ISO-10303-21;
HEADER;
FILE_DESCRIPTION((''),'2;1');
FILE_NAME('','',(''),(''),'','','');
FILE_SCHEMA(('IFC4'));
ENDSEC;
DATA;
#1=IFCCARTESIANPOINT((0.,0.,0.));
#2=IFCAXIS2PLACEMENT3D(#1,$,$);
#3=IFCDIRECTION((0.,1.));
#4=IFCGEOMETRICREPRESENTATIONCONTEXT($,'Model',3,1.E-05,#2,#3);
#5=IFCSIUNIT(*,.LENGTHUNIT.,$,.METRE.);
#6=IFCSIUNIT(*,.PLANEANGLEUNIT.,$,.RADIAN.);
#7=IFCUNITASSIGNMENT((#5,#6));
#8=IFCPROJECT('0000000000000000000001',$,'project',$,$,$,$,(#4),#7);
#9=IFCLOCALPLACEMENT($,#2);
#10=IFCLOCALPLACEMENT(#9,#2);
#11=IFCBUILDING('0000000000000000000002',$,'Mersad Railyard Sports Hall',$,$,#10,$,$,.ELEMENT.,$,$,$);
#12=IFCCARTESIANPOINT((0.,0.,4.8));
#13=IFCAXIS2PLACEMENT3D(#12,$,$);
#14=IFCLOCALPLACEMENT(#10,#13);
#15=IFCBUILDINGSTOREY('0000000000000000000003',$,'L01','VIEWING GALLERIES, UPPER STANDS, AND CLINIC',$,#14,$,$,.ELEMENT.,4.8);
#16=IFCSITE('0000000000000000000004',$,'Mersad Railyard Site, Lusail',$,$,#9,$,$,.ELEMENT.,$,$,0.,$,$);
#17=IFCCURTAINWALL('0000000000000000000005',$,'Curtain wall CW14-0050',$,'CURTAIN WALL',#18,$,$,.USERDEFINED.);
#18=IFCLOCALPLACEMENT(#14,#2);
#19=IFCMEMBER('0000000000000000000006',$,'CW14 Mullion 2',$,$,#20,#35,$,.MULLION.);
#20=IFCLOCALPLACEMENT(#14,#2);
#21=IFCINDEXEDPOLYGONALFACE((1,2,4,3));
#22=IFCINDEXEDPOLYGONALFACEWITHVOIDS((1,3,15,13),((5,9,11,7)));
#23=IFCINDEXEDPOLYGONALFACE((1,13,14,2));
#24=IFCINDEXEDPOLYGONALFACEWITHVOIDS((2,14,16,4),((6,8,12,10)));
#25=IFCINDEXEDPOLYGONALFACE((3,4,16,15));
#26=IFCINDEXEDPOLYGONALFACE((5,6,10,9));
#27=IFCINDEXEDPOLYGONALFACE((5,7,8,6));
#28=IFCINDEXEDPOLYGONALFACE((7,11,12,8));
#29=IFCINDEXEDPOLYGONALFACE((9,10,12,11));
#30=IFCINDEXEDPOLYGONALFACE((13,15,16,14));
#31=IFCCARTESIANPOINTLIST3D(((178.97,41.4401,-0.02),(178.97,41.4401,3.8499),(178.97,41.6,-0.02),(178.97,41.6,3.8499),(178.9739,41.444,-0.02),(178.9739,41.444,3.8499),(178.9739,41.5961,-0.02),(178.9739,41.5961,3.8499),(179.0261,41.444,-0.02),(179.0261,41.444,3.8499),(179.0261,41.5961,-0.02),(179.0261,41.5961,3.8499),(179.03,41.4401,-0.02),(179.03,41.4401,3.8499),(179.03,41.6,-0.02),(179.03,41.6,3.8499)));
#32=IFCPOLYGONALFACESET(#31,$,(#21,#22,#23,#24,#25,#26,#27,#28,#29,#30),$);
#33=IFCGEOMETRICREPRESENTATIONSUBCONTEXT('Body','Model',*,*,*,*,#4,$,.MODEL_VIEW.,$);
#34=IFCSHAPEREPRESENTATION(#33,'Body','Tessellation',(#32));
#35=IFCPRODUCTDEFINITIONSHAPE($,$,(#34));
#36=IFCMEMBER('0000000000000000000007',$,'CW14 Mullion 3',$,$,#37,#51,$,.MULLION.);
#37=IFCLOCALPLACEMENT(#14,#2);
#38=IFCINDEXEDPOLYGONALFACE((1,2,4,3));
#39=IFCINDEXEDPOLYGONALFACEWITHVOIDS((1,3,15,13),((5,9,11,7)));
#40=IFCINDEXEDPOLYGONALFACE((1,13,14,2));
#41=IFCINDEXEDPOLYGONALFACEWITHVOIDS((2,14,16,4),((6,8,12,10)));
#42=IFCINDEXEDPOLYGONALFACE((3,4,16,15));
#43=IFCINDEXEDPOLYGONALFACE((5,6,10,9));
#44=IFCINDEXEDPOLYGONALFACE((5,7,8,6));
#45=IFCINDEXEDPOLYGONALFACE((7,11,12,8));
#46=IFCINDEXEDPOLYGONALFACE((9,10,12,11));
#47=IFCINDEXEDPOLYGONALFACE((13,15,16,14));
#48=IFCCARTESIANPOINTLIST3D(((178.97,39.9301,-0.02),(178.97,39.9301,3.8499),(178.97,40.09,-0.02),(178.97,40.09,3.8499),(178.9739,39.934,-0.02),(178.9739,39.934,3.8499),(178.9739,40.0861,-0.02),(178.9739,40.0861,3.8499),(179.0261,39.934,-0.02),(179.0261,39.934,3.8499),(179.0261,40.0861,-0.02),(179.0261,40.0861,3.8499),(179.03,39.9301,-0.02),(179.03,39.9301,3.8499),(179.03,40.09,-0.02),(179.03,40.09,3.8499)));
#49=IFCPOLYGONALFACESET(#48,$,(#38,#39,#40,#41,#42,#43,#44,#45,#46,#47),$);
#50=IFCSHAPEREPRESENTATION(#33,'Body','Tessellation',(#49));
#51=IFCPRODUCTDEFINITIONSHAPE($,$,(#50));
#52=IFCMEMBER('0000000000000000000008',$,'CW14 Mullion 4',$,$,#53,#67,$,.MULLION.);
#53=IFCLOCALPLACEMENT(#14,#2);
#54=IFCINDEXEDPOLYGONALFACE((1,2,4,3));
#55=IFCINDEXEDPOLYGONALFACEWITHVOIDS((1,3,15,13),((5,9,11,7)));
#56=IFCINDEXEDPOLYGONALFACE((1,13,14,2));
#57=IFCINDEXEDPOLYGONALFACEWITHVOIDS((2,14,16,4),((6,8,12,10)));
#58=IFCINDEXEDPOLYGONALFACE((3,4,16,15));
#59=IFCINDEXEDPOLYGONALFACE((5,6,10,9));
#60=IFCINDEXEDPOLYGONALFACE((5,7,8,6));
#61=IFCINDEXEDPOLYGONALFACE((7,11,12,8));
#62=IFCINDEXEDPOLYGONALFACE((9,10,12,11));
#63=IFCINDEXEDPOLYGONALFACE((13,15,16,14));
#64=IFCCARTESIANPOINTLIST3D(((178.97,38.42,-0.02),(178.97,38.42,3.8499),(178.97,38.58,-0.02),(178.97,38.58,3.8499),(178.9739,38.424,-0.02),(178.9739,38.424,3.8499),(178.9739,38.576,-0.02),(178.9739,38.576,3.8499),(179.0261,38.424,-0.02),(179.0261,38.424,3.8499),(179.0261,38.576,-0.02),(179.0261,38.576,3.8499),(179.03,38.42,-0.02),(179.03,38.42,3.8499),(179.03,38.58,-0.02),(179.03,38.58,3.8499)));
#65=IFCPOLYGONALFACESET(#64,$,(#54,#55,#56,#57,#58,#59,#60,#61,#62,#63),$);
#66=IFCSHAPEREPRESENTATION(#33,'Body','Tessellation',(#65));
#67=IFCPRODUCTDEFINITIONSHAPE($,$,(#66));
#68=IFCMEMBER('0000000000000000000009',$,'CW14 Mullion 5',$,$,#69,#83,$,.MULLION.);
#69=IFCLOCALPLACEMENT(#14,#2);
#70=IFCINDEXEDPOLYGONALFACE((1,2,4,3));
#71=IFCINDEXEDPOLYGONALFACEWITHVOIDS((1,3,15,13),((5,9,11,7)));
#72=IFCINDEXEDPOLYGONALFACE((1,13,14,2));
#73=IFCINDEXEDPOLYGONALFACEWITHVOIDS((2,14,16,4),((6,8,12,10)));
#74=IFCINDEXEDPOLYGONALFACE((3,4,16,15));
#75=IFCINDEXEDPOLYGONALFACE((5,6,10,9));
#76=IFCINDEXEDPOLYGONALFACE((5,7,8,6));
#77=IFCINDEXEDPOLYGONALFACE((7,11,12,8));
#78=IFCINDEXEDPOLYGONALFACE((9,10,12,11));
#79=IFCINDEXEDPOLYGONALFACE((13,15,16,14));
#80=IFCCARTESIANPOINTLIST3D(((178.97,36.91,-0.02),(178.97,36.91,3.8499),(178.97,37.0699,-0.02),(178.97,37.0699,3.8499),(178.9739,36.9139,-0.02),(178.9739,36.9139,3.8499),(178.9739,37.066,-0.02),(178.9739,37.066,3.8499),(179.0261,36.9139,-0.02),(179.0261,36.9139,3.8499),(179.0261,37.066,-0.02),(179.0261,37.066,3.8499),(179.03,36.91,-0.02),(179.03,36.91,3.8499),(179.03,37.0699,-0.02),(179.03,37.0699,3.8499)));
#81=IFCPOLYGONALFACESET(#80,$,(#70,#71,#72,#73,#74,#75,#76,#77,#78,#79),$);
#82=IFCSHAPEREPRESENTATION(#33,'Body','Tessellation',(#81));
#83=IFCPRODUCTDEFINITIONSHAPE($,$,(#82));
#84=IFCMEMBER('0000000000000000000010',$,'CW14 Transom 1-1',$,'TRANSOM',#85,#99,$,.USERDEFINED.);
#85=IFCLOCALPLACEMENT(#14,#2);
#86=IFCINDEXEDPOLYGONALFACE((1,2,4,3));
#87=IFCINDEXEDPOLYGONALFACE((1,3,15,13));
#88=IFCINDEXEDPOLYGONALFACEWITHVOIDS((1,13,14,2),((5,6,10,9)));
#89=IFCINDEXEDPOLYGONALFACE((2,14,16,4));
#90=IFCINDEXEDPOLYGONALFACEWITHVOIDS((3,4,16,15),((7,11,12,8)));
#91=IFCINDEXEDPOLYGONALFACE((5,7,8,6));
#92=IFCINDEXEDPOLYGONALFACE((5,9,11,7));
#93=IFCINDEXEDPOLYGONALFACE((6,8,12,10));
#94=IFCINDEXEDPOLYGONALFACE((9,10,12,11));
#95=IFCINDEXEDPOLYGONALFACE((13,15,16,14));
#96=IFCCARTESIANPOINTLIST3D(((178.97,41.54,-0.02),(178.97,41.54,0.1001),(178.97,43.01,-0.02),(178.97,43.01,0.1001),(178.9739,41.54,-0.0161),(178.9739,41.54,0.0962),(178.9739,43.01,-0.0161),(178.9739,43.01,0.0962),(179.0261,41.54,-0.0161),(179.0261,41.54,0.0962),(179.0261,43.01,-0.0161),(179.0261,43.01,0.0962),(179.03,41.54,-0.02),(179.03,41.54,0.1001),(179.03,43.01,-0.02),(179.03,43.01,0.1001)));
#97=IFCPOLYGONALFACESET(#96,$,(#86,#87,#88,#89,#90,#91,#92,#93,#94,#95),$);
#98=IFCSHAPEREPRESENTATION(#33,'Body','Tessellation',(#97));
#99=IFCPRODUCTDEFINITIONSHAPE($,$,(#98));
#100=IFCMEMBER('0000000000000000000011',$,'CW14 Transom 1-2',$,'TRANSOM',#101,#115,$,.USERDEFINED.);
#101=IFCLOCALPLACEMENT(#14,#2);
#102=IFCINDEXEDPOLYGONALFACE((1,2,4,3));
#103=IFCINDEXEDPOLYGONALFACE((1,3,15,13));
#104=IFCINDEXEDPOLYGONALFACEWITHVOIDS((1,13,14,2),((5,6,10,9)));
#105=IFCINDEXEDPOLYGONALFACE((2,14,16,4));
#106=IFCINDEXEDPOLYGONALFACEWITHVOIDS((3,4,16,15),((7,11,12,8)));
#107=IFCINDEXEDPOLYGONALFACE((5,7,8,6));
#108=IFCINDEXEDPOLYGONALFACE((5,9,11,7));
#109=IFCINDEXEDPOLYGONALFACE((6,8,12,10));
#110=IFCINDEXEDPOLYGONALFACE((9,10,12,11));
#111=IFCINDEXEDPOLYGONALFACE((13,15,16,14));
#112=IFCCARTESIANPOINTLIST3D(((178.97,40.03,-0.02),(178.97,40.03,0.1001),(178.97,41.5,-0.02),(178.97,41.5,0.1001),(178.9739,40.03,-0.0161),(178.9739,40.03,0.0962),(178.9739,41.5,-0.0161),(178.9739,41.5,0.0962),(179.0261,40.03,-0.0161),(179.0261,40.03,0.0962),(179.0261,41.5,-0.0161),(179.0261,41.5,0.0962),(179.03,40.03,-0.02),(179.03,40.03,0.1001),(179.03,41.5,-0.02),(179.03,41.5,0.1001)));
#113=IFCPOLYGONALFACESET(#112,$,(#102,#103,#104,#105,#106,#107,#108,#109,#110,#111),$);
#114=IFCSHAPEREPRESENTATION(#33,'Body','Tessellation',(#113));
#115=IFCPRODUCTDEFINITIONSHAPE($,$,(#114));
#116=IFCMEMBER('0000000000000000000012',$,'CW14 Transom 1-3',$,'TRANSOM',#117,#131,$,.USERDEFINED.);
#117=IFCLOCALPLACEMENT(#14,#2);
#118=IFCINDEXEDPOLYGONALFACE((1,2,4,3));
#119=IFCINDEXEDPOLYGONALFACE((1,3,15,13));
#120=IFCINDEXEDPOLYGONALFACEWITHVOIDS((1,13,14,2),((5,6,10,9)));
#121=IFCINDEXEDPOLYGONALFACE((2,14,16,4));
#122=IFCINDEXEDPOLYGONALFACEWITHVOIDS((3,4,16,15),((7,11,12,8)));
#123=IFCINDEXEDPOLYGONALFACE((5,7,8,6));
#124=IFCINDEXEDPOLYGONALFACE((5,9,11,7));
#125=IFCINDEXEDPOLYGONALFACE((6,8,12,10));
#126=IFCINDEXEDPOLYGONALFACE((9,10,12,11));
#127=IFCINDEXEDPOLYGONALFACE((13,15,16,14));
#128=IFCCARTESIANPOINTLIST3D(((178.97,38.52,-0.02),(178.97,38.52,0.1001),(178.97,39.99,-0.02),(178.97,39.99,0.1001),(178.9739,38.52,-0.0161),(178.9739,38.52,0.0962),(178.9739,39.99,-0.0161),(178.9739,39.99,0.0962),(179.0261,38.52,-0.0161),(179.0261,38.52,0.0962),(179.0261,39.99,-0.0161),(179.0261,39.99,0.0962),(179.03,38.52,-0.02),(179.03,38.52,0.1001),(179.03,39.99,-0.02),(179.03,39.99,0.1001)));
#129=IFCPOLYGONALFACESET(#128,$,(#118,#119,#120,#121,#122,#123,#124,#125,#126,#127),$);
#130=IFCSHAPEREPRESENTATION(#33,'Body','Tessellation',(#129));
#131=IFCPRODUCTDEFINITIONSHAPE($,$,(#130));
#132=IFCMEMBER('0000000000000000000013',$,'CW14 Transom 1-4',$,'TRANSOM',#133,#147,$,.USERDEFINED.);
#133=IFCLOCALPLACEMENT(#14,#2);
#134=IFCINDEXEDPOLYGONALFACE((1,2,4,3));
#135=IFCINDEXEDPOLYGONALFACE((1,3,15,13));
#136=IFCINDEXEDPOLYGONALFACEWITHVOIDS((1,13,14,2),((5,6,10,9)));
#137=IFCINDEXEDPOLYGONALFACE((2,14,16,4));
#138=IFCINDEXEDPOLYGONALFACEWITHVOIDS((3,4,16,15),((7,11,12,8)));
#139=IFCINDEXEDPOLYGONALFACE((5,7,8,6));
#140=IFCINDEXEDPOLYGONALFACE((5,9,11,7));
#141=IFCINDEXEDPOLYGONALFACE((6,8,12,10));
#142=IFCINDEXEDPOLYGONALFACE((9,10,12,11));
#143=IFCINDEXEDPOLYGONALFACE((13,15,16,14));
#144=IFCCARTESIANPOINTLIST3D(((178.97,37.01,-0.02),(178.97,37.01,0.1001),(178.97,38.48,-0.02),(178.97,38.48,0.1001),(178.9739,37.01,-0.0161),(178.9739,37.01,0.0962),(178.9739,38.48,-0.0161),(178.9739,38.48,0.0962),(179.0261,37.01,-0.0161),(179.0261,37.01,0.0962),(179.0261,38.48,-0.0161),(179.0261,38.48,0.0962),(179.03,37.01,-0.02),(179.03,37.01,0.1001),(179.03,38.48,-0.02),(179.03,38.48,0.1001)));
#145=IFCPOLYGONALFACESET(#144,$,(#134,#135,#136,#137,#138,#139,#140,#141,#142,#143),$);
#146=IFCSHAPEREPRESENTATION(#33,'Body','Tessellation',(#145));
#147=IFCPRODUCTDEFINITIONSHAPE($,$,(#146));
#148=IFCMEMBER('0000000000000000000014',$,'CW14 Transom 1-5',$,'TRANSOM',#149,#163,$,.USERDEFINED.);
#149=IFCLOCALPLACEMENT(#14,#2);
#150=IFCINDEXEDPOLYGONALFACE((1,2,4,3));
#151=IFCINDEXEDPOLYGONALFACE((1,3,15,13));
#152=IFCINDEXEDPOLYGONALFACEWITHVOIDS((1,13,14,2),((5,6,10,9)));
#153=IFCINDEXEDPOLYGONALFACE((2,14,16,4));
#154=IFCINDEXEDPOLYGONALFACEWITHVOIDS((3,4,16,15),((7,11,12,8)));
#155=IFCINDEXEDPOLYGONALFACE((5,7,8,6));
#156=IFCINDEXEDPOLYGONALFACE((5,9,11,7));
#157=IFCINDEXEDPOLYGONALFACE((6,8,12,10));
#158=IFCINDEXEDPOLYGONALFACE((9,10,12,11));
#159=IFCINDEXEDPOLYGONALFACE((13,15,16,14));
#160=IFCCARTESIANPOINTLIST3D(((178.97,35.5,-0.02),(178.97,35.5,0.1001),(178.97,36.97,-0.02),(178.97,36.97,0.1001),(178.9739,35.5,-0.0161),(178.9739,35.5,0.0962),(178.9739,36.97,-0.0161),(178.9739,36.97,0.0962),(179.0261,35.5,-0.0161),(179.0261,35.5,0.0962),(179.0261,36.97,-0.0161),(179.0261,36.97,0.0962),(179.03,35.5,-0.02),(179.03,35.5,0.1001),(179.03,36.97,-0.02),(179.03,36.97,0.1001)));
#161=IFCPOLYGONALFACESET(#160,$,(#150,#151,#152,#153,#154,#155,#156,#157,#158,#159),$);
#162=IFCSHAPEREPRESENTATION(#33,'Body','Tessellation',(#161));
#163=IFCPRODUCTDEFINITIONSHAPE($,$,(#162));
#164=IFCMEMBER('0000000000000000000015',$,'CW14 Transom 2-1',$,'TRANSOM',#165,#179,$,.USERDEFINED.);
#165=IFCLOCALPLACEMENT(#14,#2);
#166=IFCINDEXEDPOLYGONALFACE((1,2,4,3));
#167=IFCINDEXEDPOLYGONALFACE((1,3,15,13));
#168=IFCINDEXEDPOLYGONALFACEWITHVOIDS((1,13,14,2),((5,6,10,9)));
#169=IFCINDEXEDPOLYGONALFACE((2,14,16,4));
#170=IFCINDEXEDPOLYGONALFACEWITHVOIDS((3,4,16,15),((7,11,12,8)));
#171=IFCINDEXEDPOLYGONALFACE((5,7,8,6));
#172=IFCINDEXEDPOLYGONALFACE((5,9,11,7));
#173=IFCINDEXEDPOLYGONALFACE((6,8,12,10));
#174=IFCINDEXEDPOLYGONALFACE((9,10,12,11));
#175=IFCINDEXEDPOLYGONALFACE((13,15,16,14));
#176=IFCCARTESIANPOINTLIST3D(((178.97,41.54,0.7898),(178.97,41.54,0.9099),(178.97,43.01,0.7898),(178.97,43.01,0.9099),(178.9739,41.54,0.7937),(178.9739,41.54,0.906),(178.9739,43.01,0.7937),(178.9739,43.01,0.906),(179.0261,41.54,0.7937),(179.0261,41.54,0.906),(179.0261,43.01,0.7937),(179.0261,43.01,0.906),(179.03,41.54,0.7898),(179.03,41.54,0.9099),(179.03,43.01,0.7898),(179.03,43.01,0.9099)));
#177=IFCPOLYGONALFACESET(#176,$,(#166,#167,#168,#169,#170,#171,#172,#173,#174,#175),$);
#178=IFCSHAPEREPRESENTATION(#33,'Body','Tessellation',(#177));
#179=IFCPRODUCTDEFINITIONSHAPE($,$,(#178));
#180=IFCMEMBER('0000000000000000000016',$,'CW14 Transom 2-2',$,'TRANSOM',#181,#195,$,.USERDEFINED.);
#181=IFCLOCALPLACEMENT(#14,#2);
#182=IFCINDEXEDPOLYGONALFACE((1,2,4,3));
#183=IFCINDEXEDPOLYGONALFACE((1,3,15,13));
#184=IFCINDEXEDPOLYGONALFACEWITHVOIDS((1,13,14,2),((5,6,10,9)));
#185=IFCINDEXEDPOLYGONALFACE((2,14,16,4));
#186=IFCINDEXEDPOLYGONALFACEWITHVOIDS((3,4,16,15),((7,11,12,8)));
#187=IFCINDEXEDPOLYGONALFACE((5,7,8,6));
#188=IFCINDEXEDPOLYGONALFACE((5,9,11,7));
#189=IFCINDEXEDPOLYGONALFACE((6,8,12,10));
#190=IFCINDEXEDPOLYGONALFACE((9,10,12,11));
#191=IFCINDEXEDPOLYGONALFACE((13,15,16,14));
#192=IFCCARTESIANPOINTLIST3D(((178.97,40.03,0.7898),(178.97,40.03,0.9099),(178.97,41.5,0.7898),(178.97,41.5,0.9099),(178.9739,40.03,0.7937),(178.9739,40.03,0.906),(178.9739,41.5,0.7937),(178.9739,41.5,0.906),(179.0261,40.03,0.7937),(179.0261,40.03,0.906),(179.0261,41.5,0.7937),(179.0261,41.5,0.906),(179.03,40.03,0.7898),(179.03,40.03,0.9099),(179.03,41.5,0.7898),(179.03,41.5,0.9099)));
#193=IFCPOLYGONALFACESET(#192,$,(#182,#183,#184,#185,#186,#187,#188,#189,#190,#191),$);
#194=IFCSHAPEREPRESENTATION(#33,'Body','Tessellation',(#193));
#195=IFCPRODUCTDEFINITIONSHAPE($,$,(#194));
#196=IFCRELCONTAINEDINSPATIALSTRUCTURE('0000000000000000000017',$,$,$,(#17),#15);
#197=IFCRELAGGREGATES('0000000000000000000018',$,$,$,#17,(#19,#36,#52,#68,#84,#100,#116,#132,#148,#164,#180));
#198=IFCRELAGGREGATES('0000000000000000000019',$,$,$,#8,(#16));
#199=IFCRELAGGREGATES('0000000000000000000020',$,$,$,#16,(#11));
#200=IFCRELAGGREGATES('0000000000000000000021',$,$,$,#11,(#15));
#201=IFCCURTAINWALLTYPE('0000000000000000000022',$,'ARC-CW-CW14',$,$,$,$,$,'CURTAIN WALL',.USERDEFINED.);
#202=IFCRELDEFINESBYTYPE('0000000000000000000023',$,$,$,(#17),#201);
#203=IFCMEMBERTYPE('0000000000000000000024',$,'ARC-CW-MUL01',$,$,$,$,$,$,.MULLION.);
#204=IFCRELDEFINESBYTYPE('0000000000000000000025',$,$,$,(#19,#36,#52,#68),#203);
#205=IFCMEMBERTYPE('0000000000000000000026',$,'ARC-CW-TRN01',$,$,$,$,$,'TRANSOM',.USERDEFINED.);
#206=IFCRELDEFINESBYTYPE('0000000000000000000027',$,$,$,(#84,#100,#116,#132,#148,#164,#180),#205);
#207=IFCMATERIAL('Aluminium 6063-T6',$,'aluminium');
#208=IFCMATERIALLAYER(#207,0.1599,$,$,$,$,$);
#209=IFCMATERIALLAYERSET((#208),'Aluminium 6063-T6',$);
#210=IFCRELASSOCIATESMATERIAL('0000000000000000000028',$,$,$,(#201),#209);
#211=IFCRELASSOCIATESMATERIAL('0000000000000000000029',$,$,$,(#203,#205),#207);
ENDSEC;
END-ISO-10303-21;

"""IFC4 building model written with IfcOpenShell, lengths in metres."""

from ifc_helpers import new_model, si_unit, direction, frame, origin, origin_2d, place, context, subcontext, project, spatial, hollow_rectangle, extrude, material, layer, layer_set, material_profile, profile_set, type_object, element, aggregate, save


model = new_model("IFC4")

# Units and contexts
model_context = context("Model", 3, precision=1e-05, world=origin(), true_north=direction((0.0, 1.0)))
body_context = subcontext(model_context, "Body", "Model", "MODEL_VIEW")
ifc_project = project(units=[si_unit("LENGTHUNIT", "METRE"), si_unit("PLANEANGLEUNIT", "RADIAN")], contexts=[model_context])

# Site, building, storey
site_placement = place(None, origin())
site = spatial("IfcSite", under=ifc_project, at=site_placement, Name="Mersad Railyard Site, Lusail", CompositionType="ELEMENT", RefElevation=0.0)
building_placement = place(site_placement, origin())
building = spatial("IfcBuilding", under=site, at=building_placement, Name="Mersad Railyard Sports Hall", CompositionType="ELEMENT")
storey_placement = place(building_placement, frame((0.0, 0.0, 4.8)))
storey = spatial("IfcBuildingStorey", under=building, at=storey_placement, Name="L01", Description="VIEWING GALLERIES, UPPER STANDS, AND CLINIC", CompositionType="ELEMENT", Elevation=4.8)

# Curtain wall, members
ifc_material_1 = material(Name="Aluminium 6063-T6", Category="aluminium")
ifc_layer_1 = layer(ifc_material_1, 0.1599)
ifc_layer_set_1 = layer_set([ifc_layer_1], Name="Aluminium 6063-T6")
curtain_wall_type = type_object("IfcCurtainWallType", Name="ARC-CW-CW14", ElementType="CURTAIN WALL", PredefinedType="USERDEFINED", material=ifc_layer_set_1)
curtain_wall_placement = place(storey_placement, origin())
curtain_wall = element("IfcCurtainWall", 1, at=curtain_wall_placement, inside=storey, type_object=curtain_wall_type, Name="Curtain wall CW14-0050", ObjectType="CURTAIN WALL", PredefinedType="USERDEFINED")
ifc_material_profile_1 = material_profile(ifc_material_1, hollow_rectangle(XDim=0.0601, YDim=0.1599, WallThickness=0.0039, at=origin_2d()), Name="AL MULLION 60x160x4")
ifc_profile_set_1 = profile_set([ifc_material_profile_1], Name="Aluminium 6063-T6")
member_type_1 = type_object("IfcMemberType", Name="ARC-CW-MUL01", PredefinedType="MULLION", material=ifc_profile_set_1)
member_1_placement = place(storey_placement, frame((179.0, 41.52, -0.02), z_axis=(0.0, 0.0, 1.0), x_axis=(1.0, 0.0, 0.0)))
member_1 = element("IfcMember", 2, at=member_1_placement, type_object=member_type_1, Name="CW14 Mullion 2", PredefinedType="MULLION", context=body_context, shape_type="SweptSolid", body=[
    extrude(hollow_rectangle(XDim=0.0601, YDim=0.1599, WallThickness=0.0039, at=origin_2d()), origin(), (0.0, 0.0, 1.0), 3.8699),
])
member_2_placement = place(storey_placement, frame((179.0, 40.01, -0.02), z_axis=(0.0, 0.0, 1.0), x_axis=(1.0, 0.0, 0.0)))
member_2 = element("IfcMember", 3, at=member_2_placement, type_object=member_type_1, Name="CW14 Mullion 3", PredefinedType="MULLION", context=body_context, shape_type="SweptSolid", body=[
    extrude(hollow_rectangle(XDim=0.0601, YDim=0.1599, WallThickness=0.0039, at=origin_2d()), origin(), (0.0, 0.0, 1.0), 3.8699),
])
member_3_placement = place(storey_placement, frame((179.0, 38.5, -0.02), z_axis=(0.0, 0.0, 1.0), x_axis=(1.0, 0.0, 0.0)))
member_3 = element("IfcMember", 4, at=member_3_placement, type_object=member_type_1, Name="CW14 Mullion 4", PredefinedType="MULLION", context=body_context, shape_type="SweptSolid", body=[
    extrude(hollow_rectangle(XDim=0.0601, YDim=0.1599, WallThickness=0.0039, at=origin_2d()), origin(), (0.0, 0.0, 1.0), 3.8699),
])
member_4_placement = place(storey_placement, frame((179.0, 36.99, -0.02), z_axis=(0.0, 0.0, 1.0), x_axis=(1.0, 0.0, 0.0)))
member_4 = element("IfcMember", 5, at=member_4_placement, type_object=member_type_1, Name="CW14 Mullion 5", PredefinedType="MULLION", context=body_context, shape_type="SweptSolid", body=[
    extrude(hollow_rectangle(XDim=0.0601, YDim=0.1599, WallThickness=0.0039, at=origin_2d()), origin(), (0.0, 0.0, 1.0), 3.8699),
])
ifc_material_profile_2 = material_profile(ifc_material_1, hollow_rectangle(XDim=0.0601, YDim=0.1201, WallThickness=0.0039, at=origin_2d()), Name="AL TRANSOM 60x120x4")
ifc_profile_set_2 = profile_set([ifc_material_profile_2], Name="Aluminium 6063-T6")
member_type_2 = type_object("IfcMemberType", Name="ARC-CW-TRN01", ElementType="TRANSOM", PredefinedType="USERDEFINED", material=ifc_profile_set_2)
member_5_placement = place(storey_placement, frame((179.0, 43.01, 0.04), z_axis=(0.0, -1.0, 0.0), x_axis=(1.0, 0.0, 0.0)))
member_5 = element("IfcMember", 6, at=member_5_placement, type_object=member_type_2, Name="CW14 Transom 1-1", ObjectType="TRANSOM", PredefinedType="USERDEFINED", context=body_context, shape_type="SweptSolid", body=[
    extrude(hollow_rectangle(XDim=0.0601, YDim=0.1201, WallThickness=0.0039, at=origin_2d()), origin(), (0.0, 0.0, 1.0), 1.47),
])
member_6_placement = place(storey_placement, frame((179.0, 41.5, 0.04), z_axis=(0.0, -1.0, 0.0), x_axis=(1.0, 0.0, 0.0)))
member_6 = element("IfcMember", 7, at=member_6_placement, type_object=member_type_2, Name="CW14 Transom 1-2", ObjectType="TRANSOM", PredefinedType="USERDEFINED", context=body_context, shape_type="SweptSolid", body=[
    extrude(hollow_rectangle(XDim=0.0601, YDim=0.1201, WallThickness=0.0039, at=origin_2d()), origin(), (0.0, 0.0, 1.0), 1.47),
])
member_7_placement = place(storey_placement, frame((179.0, 39.99, 0.04), z_axis=(0.0, -1.0, 0.0), x_axis=(1.0, 0.0, 0.0)))
member_7 = element("IfcMember", 8, at=member_7_placement, type_object=member_type_2, Name="CW14 Transom 1-3", ObjectType="TRANSOM", PredefinedType="USERDEFINED", context=body_context, shape_type="SweptSolid", body=[
    extrude(hollow_rectangle(XDim=0.0601, YDim=0.1201, WallThickness=0.0039, at=origin_2d()), origin(), (0.0, 0.0, 1.0), 1.47),
])
member_8_placement = place(storey_placement, frame((179.0, 38.48, 0.04), z_axis=(0.0, -1.0, 0.0), x_axis=(1.0, 0.0, 0.0)))
member_8 = element("IfcMember", 9, at=member_8_placement, type_object=member_type_2, Name="CW14 Transom 1-4", ObjectType="TRANSOM", PredefinedType="USERDEFINED", context=body_context, shape_type="SweptSolid", body=[
    extrude(hollow_rectangle(XDim=0.0601, YDim=0.1201, WallThickness=0.0039, at=origin_2d()), origin(), (0.0, 0.0, 1.0), 1.47),
])
member_9_placement = place(storey_placement, frame((179.0, 36.97, 0.04), z_axis=(0.0, -1.0, 0.0), x_axis=(1.0, 0.0, 0.0)))
member_9 = element("IfcMember", 10, at=member_9_placement, type_object=member_type_2, Name="CW14 Transom 1-5", ObjectType="TRANSOM", PredefinedType="USERDEFINED", context=body_context, shape_type="SweptSolid", body=[
    extrude(hollow_rectangle(XDim=0.0601, YDim=0.1201, WallThickness=0.0039, at=origin_2d()), origin(), (0.0, 0.0, 1.0), 1.47),
])
member_10_placement = place(storey_placement, frame((179.0, 43.01, 0.8499), z_axis=(0.0, -1.0, 0.0), x_axis=(1.0, 0.0, 0.0)))
member_10 = element("IfcMember", 11, at=member_10_placement, type_object=member_type_2, Name="CW14 Transom 2-1", ObjectType="TRANSOM", PredefinedType="USERDEFINED", context=body_context, shape_type="SweptSolid", body=[
    extrude(hollow_rectangle(XDim=0.0601, YDim=0.1201, WallThickness=0.0039, at=origin_2d()), origin(), (0.0, 0.0, 1.0), 1.47),
])
member_11_placement = place(storey_placement, frame((179.0, 41.5, 0.8499), z_axis=(0.0, -1.0, 0.0), x_axis=(1.0, 0.0, 0.0)))
member_11 = element("IfcMember", 12, at=member_11_placement, type_object=member_type_2, Name="CW14 Transom 2-2", ObjectType="TRANSOM", PredefinedType="USERDEFINED", context=body_context, shape_type="SweptSolid", body=[
    extrude(hollow_rectangle(XDim=0.0601, YDim=0.1201, WallThickness=0.0039, at=origin_2d()), origin(), (0.0, 0.0, 1.0), 1.47),
])
aggregate(curtain_wall, [member_1, member_2, member_3, member_4, member_5, member_6, member_7, member_8, member_9, member_10, member_11])

save(model, "model.ifc")
